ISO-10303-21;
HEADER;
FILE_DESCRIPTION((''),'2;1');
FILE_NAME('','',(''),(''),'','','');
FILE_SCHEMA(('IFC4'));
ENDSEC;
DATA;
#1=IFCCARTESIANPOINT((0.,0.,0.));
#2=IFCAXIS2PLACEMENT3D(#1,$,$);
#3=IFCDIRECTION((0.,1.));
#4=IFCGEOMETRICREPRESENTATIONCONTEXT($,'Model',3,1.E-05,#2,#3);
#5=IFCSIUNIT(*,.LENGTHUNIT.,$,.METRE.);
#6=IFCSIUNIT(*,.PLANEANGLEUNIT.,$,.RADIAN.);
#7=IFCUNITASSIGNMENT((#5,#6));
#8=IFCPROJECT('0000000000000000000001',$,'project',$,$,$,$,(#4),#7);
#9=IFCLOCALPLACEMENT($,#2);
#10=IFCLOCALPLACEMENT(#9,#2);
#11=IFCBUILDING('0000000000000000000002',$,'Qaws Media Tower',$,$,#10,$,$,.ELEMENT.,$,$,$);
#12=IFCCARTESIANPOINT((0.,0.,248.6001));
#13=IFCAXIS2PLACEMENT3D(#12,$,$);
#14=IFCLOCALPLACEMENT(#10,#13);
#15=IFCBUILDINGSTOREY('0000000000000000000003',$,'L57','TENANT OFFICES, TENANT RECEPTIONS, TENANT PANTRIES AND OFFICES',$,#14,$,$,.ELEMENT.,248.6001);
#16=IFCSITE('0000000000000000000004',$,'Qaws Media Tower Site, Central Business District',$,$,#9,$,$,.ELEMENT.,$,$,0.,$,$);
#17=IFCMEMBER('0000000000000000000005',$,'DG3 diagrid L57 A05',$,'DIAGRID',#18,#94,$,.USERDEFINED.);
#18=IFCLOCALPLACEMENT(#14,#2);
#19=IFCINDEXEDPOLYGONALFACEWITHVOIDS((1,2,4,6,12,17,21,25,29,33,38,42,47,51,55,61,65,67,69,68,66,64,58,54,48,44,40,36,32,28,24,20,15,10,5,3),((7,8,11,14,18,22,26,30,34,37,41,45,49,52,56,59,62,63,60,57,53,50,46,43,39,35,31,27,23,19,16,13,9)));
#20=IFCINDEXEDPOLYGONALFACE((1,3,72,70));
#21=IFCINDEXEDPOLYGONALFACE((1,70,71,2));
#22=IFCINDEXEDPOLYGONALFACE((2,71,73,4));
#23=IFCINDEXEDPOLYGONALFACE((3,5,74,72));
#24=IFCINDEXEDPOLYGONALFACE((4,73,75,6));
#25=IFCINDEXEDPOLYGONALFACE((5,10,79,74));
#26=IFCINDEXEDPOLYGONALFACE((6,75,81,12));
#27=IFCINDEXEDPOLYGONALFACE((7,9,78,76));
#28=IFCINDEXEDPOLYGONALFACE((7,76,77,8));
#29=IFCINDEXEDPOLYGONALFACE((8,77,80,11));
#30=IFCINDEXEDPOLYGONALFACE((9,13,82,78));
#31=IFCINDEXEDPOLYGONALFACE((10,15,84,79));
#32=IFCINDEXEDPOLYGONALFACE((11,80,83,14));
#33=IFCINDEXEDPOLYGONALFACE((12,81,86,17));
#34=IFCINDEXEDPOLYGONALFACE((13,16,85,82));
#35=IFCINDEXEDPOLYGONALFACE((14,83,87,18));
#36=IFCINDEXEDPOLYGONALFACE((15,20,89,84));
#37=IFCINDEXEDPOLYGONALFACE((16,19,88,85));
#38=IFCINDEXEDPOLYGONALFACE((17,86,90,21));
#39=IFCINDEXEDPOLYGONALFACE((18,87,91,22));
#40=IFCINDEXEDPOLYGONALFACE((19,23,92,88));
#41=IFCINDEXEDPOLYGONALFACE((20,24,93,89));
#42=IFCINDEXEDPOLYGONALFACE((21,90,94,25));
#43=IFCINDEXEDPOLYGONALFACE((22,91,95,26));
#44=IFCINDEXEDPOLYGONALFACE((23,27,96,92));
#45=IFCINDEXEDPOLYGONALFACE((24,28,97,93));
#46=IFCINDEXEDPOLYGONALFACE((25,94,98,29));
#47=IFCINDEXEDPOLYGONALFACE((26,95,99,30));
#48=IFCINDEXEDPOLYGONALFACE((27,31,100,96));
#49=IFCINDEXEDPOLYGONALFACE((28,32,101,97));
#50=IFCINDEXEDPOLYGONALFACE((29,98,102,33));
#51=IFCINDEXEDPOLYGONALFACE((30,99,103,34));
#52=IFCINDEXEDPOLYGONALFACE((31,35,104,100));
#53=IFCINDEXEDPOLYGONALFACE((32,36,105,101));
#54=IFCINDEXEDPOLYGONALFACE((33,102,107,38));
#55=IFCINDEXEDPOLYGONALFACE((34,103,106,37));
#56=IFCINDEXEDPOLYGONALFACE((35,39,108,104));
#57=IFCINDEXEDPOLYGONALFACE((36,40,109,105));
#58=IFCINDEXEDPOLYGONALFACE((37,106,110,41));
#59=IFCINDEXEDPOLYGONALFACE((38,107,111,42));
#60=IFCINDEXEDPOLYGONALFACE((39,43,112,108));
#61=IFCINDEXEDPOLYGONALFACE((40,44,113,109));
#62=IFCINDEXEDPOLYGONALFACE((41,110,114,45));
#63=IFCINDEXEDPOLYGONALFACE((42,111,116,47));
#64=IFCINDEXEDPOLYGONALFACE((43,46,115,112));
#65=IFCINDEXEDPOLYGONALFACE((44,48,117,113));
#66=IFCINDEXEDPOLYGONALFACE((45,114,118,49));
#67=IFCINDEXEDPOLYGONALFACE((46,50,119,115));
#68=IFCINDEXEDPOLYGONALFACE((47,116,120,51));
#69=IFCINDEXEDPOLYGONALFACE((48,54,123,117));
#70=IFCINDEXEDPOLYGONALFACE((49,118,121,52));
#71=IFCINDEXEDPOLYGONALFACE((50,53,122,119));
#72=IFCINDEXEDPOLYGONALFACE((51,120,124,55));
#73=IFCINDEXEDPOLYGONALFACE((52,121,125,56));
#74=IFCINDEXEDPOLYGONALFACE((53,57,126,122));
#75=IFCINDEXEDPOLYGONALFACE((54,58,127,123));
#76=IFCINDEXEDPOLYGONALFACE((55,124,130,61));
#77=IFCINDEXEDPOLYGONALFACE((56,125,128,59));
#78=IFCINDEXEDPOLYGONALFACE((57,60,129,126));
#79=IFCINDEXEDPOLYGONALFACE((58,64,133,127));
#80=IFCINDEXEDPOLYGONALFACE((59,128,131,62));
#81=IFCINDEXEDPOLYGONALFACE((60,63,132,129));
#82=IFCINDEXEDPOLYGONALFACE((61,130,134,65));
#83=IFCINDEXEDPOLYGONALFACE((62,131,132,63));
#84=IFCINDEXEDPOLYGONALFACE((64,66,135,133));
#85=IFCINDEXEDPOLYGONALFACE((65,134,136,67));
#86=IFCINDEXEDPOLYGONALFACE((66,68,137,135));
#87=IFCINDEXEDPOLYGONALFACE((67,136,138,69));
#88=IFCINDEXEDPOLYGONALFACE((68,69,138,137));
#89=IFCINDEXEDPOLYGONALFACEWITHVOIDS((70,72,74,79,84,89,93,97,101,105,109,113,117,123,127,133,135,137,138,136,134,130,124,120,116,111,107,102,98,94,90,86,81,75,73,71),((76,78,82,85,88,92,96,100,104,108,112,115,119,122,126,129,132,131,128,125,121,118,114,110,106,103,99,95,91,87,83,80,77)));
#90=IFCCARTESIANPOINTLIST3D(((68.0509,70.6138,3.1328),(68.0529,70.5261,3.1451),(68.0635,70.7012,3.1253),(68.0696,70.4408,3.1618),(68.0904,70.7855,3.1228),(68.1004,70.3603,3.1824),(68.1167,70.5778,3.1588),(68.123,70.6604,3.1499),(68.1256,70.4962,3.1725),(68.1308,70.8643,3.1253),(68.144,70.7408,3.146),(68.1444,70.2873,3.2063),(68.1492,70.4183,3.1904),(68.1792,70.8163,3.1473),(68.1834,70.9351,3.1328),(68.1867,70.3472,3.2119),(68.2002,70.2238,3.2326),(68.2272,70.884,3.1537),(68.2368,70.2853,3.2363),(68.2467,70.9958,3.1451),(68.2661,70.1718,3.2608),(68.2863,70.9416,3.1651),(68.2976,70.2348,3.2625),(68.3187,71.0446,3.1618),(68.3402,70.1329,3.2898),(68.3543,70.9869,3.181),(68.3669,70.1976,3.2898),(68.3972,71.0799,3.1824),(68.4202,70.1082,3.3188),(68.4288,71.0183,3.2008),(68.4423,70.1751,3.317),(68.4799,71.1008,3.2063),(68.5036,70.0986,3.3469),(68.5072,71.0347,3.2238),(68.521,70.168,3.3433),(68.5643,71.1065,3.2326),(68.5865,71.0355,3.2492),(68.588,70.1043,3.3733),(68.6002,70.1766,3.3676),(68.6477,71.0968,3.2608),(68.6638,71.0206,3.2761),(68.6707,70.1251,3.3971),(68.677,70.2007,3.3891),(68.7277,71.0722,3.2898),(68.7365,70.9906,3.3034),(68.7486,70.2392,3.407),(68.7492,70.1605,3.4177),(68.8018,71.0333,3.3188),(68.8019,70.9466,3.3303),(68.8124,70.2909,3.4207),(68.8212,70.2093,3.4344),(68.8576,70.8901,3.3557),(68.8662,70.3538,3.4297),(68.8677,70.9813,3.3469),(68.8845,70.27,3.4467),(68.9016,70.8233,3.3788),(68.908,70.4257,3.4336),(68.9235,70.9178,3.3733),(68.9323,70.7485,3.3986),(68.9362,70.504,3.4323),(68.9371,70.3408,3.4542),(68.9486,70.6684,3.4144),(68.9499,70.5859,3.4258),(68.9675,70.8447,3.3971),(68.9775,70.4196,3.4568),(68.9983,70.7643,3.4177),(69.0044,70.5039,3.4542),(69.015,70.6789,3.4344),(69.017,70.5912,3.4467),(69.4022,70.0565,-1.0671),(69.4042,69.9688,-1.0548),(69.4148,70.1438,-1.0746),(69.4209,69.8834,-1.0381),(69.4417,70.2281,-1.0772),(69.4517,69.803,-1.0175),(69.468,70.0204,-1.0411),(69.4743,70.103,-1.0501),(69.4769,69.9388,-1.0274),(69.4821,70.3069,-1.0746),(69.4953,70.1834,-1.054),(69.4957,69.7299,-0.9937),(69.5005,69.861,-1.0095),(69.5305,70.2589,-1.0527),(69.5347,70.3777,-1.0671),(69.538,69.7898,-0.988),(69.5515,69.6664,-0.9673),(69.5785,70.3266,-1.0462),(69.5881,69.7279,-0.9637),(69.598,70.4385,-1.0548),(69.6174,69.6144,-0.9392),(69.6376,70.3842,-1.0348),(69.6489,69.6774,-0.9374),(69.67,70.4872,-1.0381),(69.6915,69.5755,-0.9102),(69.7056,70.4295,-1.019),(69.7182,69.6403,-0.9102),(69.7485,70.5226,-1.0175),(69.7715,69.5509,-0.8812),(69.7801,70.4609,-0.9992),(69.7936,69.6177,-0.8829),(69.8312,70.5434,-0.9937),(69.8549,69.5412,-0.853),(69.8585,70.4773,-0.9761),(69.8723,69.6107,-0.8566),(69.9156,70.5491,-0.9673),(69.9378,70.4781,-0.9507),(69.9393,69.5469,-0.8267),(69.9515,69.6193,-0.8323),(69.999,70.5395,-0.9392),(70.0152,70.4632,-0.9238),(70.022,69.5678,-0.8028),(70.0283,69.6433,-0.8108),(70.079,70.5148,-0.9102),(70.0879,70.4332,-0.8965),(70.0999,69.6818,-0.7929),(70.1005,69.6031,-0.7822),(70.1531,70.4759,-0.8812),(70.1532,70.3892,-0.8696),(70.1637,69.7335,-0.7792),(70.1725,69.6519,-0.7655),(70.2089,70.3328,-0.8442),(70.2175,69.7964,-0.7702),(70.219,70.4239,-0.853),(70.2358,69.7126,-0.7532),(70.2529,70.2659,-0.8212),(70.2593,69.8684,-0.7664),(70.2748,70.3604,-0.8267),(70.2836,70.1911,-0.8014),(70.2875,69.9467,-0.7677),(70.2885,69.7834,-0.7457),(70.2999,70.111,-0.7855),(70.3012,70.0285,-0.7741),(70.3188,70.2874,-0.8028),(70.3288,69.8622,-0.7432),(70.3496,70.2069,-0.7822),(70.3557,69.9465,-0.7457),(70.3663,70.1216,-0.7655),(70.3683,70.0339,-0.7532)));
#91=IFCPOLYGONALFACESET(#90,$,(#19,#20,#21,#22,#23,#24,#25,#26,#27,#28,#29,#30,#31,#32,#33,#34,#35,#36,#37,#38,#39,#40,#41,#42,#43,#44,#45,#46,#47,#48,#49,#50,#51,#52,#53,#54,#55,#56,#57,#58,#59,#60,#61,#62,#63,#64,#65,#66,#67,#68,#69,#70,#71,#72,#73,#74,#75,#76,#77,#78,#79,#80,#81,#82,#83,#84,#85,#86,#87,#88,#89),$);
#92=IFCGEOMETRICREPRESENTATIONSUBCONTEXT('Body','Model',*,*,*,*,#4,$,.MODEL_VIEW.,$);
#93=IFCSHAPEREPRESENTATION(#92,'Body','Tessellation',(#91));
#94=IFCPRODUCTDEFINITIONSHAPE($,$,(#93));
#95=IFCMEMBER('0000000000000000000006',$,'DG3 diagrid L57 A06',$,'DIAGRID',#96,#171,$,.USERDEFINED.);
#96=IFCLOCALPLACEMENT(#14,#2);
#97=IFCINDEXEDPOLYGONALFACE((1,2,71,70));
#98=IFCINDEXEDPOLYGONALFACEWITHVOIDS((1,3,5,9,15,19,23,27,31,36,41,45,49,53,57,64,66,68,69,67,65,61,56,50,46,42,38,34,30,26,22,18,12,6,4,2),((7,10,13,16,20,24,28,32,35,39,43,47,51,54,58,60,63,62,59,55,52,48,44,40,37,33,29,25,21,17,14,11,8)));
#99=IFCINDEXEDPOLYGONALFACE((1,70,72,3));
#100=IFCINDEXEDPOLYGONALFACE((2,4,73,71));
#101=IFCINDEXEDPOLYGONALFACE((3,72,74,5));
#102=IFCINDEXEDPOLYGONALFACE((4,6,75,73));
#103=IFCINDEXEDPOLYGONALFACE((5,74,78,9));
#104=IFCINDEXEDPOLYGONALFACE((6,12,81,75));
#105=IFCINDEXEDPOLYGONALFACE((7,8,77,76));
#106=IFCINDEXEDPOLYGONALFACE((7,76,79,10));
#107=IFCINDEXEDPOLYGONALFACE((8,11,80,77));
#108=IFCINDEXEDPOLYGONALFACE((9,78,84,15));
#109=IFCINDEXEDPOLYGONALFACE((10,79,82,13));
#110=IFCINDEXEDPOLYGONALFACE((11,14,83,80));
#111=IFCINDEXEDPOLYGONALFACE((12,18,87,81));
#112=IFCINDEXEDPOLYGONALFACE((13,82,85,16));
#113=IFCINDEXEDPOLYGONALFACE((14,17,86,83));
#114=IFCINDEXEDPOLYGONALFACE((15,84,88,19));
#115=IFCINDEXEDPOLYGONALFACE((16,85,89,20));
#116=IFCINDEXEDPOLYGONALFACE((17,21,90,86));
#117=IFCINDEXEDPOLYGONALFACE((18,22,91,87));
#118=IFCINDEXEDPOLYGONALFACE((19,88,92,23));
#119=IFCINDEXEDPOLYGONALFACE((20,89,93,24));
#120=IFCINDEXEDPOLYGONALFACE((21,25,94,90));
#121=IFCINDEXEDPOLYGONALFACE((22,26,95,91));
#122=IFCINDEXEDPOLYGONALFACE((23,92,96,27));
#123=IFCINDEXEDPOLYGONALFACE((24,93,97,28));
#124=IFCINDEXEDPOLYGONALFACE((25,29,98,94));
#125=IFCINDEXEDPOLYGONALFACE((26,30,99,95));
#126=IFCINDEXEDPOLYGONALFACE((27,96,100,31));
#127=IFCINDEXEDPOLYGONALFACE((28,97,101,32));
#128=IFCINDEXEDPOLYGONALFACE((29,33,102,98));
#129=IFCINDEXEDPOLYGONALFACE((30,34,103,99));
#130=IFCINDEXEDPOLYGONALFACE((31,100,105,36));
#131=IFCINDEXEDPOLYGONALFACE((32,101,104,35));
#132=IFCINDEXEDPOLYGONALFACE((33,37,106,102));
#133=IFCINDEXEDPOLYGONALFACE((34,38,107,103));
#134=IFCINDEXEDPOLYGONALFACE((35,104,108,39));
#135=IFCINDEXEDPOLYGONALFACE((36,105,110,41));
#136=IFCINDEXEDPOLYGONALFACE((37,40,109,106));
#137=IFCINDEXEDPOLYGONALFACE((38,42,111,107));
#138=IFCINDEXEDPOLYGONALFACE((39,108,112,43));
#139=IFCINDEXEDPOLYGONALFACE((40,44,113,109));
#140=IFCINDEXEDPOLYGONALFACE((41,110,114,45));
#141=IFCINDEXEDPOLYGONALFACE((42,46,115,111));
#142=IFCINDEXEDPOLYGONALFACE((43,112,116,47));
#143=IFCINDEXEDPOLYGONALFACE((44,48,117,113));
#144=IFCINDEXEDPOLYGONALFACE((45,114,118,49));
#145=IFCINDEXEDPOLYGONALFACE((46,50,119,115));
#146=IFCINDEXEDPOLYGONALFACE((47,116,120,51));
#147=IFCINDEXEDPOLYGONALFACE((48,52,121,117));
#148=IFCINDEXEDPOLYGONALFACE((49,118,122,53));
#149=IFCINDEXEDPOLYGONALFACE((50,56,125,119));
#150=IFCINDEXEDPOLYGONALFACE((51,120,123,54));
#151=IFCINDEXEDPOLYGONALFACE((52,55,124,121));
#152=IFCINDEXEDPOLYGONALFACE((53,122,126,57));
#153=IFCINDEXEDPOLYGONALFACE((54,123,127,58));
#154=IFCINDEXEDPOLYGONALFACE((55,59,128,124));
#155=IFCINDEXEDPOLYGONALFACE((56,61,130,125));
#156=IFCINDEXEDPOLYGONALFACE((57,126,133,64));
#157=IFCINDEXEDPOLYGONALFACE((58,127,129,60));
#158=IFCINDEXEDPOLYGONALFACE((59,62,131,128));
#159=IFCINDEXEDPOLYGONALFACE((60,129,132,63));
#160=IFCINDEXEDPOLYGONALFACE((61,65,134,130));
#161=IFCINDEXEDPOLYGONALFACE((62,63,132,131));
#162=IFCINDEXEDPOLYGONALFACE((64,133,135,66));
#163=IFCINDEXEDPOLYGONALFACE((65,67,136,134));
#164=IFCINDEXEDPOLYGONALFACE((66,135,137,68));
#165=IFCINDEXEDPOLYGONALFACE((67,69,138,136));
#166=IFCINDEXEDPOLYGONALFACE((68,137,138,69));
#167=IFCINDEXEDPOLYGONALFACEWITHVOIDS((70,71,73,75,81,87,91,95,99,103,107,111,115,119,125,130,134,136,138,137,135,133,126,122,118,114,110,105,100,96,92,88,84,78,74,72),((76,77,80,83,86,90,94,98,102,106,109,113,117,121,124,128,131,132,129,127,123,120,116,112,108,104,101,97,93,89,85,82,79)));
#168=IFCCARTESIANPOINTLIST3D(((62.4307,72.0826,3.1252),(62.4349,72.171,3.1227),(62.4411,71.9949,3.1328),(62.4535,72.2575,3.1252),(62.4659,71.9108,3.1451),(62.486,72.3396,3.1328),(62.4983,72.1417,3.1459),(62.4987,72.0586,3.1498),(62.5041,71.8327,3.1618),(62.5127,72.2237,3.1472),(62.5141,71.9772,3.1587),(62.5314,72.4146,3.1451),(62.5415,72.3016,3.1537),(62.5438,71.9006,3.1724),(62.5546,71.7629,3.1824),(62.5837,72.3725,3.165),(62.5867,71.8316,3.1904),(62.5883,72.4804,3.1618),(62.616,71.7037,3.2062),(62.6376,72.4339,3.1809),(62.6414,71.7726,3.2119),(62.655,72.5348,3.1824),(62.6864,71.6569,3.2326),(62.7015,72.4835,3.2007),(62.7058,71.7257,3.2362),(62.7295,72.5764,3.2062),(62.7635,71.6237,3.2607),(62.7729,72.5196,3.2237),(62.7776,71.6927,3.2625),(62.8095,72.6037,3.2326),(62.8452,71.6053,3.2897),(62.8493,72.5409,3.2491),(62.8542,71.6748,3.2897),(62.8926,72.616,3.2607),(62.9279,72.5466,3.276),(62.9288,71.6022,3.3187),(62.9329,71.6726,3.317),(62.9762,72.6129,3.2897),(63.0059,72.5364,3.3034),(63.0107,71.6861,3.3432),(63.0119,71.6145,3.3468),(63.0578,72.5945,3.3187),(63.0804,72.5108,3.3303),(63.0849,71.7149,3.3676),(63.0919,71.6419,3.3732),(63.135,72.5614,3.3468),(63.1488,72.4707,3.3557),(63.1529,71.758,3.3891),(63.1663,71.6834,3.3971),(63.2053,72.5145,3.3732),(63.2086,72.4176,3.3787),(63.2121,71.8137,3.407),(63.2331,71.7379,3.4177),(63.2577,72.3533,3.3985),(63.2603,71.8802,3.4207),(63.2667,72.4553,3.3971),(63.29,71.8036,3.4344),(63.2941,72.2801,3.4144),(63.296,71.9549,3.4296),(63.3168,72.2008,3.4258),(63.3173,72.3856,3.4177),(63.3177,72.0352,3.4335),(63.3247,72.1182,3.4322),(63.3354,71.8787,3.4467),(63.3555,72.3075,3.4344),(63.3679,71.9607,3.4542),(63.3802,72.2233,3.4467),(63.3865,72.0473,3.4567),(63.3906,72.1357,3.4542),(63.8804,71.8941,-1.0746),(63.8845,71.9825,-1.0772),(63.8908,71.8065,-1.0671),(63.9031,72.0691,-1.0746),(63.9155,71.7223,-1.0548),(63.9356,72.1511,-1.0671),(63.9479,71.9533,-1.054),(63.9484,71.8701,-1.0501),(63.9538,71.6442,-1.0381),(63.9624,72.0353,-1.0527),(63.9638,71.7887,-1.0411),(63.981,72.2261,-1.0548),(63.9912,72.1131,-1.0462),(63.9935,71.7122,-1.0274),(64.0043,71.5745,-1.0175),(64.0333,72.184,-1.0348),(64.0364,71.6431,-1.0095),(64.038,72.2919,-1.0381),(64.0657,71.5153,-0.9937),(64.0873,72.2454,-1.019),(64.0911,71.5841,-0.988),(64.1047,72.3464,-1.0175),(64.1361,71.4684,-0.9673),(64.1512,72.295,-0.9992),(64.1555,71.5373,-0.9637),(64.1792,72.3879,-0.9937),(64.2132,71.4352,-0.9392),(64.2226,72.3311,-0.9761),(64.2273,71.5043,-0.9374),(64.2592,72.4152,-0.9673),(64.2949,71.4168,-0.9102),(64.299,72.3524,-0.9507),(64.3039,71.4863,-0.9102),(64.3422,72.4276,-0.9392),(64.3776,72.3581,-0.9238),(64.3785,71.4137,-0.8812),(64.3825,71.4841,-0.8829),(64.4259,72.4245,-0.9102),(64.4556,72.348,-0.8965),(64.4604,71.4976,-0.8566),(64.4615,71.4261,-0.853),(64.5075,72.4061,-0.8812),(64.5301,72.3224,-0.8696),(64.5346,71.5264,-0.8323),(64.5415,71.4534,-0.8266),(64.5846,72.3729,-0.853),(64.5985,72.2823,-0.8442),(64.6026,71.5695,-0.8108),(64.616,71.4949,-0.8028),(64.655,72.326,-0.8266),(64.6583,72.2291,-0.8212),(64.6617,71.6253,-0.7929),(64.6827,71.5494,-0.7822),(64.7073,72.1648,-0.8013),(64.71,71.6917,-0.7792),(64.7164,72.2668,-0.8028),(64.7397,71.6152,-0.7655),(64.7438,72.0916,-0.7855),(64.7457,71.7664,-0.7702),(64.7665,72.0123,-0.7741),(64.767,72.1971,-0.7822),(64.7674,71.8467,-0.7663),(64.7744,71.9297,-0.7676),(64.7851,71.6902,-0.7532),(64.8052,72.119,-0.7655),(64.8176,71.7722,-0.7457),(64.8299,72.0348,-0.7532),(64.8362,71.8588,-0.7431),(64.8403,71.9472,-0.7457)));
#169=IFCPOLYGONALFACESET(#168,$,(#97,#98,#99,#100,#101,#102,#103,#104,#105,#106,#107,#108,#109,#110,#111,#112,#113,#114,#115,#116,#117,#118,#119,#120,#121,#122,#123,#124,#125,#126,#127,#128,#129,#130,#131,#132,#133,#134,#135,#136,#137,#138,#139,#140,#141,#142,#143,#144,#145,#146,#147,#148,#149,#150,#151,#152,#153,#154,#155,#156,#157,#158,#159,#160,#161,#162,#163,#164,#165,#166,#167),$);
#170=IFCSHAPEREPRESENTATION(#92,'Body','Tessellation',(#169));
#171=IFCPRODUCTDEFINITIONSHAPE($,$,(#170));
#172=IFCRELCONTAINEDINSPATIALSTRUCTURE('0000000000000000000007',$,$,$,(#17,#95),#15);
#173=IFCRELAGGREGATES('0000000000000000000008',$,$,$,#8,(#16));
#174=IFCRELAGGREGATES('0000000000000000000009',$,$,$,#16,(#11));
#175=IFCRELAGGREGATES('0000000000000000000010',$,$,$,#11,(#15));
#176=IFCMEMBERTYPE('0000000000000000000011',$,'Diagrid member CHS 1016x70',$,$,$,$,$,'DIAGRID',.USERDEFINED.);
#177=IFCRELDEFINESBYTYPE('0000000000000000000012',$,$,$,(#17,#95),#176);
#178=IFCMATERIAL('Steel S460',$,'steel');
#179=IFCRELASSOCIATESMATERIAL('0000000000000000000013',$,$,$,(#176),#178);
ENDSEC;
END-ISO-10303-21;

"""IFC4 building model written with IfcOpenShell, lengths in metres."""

from ifc_helpers import new_model, si_unit, direction, frame, origin, origin_2d, place, context, subcontext, project, spatial, hollow_circle, extrude, material, material_profile, profile_set, type_object, element, save


model = new_model("IFC4")

# Units and contexts
model_context = context("Model", 3, precision=1e-05, world=origin(), true_north=direction((0.0, 1.0)))
body_context = subcontext(model_context, "Body", "Model", "MODEL_VIEW")
ifc_project = project(units=[si_unit("LENGTHUNIT", "METRE"), si_unit("PLANEANGLEUNIT", "RADIAN")], contexts=[model_context])

# Site, building, storey
site_placement = place(None, origin())
site = spatial("IfcSite", under=ifc_project, at=site_placement, Name="Qaws Media Tower Site, Central Business District", CompositionType="ELEMENT", RefElevation=0.0)
building_placement = place(site_placement, origin())
building = spatial("IfcBuilding", under=site, at=building_placement, Name="Qaws Media Tower", CompositionType="ELEMENT")
storey_placement = place(building_placement, frame((0.0, 0.0, 248.6001)))
storey = spatial("IfcBuildingStorey", under=building, at=storey_placement, Name="L57", Description="TENANT OFFICES, TENANT RECEPTIONS, TENANT PANTRIES AND OFFICES", CompositionType="ELEMENT", Elevation=248.6001)

# Members
ifc_material_1 = material(Name="Steel S460", Category="steel")
ifc_material_profile_1 = material_profile(ifc_material_1, hollow_circle(Radius=0.5081, WallThickness=0.0701, at=origin_2d()), Name="CHS 1016x70")
ifc_profile_set_1 = profile_set([ifc_material_profile_1], Name="Steel S460")
member_type_1 = type_object("IfcMemberType", Name="Diagrid member CHS 1016x70", ElementType="DIAGRID", PredefinedType="USERDEFINED", material=ifc_profile_set_1)
for number, where, z_axis, x_axis, name in (
    (1, (69.8853, 70.0452, -0.9102), (-0.303868, 0.125335, 0.944434), (-0.381304, -0.92445, 0.0), "DG3 diagrid L57 A05"),
    (2, (64.3604, 71.9207, -0.9102), (-0.325989, 0.042382, 0.944423), (-0.128925, -0.991654, 0.0), "DG3 diagrid L57 A06"),
):
    element("IfcMember", number, at=place(storey_placement, frame(where, z_axis=z_axis, x_axis=x_axis)), inside=storey, type_object=member_type_1, Name=name, ObjectType="DIAGRID", PredefinedType="USERDEFINED", context=body_context, shape_type="SweptSolid", body=[
        extrude(hollow_circle(Radius=0.5081, WallThickness=0.0701, at=origin_2d()), origin(), (0.0, 0.0, 1.0), 4.447),
    ])

save(model, "model.ifc")
